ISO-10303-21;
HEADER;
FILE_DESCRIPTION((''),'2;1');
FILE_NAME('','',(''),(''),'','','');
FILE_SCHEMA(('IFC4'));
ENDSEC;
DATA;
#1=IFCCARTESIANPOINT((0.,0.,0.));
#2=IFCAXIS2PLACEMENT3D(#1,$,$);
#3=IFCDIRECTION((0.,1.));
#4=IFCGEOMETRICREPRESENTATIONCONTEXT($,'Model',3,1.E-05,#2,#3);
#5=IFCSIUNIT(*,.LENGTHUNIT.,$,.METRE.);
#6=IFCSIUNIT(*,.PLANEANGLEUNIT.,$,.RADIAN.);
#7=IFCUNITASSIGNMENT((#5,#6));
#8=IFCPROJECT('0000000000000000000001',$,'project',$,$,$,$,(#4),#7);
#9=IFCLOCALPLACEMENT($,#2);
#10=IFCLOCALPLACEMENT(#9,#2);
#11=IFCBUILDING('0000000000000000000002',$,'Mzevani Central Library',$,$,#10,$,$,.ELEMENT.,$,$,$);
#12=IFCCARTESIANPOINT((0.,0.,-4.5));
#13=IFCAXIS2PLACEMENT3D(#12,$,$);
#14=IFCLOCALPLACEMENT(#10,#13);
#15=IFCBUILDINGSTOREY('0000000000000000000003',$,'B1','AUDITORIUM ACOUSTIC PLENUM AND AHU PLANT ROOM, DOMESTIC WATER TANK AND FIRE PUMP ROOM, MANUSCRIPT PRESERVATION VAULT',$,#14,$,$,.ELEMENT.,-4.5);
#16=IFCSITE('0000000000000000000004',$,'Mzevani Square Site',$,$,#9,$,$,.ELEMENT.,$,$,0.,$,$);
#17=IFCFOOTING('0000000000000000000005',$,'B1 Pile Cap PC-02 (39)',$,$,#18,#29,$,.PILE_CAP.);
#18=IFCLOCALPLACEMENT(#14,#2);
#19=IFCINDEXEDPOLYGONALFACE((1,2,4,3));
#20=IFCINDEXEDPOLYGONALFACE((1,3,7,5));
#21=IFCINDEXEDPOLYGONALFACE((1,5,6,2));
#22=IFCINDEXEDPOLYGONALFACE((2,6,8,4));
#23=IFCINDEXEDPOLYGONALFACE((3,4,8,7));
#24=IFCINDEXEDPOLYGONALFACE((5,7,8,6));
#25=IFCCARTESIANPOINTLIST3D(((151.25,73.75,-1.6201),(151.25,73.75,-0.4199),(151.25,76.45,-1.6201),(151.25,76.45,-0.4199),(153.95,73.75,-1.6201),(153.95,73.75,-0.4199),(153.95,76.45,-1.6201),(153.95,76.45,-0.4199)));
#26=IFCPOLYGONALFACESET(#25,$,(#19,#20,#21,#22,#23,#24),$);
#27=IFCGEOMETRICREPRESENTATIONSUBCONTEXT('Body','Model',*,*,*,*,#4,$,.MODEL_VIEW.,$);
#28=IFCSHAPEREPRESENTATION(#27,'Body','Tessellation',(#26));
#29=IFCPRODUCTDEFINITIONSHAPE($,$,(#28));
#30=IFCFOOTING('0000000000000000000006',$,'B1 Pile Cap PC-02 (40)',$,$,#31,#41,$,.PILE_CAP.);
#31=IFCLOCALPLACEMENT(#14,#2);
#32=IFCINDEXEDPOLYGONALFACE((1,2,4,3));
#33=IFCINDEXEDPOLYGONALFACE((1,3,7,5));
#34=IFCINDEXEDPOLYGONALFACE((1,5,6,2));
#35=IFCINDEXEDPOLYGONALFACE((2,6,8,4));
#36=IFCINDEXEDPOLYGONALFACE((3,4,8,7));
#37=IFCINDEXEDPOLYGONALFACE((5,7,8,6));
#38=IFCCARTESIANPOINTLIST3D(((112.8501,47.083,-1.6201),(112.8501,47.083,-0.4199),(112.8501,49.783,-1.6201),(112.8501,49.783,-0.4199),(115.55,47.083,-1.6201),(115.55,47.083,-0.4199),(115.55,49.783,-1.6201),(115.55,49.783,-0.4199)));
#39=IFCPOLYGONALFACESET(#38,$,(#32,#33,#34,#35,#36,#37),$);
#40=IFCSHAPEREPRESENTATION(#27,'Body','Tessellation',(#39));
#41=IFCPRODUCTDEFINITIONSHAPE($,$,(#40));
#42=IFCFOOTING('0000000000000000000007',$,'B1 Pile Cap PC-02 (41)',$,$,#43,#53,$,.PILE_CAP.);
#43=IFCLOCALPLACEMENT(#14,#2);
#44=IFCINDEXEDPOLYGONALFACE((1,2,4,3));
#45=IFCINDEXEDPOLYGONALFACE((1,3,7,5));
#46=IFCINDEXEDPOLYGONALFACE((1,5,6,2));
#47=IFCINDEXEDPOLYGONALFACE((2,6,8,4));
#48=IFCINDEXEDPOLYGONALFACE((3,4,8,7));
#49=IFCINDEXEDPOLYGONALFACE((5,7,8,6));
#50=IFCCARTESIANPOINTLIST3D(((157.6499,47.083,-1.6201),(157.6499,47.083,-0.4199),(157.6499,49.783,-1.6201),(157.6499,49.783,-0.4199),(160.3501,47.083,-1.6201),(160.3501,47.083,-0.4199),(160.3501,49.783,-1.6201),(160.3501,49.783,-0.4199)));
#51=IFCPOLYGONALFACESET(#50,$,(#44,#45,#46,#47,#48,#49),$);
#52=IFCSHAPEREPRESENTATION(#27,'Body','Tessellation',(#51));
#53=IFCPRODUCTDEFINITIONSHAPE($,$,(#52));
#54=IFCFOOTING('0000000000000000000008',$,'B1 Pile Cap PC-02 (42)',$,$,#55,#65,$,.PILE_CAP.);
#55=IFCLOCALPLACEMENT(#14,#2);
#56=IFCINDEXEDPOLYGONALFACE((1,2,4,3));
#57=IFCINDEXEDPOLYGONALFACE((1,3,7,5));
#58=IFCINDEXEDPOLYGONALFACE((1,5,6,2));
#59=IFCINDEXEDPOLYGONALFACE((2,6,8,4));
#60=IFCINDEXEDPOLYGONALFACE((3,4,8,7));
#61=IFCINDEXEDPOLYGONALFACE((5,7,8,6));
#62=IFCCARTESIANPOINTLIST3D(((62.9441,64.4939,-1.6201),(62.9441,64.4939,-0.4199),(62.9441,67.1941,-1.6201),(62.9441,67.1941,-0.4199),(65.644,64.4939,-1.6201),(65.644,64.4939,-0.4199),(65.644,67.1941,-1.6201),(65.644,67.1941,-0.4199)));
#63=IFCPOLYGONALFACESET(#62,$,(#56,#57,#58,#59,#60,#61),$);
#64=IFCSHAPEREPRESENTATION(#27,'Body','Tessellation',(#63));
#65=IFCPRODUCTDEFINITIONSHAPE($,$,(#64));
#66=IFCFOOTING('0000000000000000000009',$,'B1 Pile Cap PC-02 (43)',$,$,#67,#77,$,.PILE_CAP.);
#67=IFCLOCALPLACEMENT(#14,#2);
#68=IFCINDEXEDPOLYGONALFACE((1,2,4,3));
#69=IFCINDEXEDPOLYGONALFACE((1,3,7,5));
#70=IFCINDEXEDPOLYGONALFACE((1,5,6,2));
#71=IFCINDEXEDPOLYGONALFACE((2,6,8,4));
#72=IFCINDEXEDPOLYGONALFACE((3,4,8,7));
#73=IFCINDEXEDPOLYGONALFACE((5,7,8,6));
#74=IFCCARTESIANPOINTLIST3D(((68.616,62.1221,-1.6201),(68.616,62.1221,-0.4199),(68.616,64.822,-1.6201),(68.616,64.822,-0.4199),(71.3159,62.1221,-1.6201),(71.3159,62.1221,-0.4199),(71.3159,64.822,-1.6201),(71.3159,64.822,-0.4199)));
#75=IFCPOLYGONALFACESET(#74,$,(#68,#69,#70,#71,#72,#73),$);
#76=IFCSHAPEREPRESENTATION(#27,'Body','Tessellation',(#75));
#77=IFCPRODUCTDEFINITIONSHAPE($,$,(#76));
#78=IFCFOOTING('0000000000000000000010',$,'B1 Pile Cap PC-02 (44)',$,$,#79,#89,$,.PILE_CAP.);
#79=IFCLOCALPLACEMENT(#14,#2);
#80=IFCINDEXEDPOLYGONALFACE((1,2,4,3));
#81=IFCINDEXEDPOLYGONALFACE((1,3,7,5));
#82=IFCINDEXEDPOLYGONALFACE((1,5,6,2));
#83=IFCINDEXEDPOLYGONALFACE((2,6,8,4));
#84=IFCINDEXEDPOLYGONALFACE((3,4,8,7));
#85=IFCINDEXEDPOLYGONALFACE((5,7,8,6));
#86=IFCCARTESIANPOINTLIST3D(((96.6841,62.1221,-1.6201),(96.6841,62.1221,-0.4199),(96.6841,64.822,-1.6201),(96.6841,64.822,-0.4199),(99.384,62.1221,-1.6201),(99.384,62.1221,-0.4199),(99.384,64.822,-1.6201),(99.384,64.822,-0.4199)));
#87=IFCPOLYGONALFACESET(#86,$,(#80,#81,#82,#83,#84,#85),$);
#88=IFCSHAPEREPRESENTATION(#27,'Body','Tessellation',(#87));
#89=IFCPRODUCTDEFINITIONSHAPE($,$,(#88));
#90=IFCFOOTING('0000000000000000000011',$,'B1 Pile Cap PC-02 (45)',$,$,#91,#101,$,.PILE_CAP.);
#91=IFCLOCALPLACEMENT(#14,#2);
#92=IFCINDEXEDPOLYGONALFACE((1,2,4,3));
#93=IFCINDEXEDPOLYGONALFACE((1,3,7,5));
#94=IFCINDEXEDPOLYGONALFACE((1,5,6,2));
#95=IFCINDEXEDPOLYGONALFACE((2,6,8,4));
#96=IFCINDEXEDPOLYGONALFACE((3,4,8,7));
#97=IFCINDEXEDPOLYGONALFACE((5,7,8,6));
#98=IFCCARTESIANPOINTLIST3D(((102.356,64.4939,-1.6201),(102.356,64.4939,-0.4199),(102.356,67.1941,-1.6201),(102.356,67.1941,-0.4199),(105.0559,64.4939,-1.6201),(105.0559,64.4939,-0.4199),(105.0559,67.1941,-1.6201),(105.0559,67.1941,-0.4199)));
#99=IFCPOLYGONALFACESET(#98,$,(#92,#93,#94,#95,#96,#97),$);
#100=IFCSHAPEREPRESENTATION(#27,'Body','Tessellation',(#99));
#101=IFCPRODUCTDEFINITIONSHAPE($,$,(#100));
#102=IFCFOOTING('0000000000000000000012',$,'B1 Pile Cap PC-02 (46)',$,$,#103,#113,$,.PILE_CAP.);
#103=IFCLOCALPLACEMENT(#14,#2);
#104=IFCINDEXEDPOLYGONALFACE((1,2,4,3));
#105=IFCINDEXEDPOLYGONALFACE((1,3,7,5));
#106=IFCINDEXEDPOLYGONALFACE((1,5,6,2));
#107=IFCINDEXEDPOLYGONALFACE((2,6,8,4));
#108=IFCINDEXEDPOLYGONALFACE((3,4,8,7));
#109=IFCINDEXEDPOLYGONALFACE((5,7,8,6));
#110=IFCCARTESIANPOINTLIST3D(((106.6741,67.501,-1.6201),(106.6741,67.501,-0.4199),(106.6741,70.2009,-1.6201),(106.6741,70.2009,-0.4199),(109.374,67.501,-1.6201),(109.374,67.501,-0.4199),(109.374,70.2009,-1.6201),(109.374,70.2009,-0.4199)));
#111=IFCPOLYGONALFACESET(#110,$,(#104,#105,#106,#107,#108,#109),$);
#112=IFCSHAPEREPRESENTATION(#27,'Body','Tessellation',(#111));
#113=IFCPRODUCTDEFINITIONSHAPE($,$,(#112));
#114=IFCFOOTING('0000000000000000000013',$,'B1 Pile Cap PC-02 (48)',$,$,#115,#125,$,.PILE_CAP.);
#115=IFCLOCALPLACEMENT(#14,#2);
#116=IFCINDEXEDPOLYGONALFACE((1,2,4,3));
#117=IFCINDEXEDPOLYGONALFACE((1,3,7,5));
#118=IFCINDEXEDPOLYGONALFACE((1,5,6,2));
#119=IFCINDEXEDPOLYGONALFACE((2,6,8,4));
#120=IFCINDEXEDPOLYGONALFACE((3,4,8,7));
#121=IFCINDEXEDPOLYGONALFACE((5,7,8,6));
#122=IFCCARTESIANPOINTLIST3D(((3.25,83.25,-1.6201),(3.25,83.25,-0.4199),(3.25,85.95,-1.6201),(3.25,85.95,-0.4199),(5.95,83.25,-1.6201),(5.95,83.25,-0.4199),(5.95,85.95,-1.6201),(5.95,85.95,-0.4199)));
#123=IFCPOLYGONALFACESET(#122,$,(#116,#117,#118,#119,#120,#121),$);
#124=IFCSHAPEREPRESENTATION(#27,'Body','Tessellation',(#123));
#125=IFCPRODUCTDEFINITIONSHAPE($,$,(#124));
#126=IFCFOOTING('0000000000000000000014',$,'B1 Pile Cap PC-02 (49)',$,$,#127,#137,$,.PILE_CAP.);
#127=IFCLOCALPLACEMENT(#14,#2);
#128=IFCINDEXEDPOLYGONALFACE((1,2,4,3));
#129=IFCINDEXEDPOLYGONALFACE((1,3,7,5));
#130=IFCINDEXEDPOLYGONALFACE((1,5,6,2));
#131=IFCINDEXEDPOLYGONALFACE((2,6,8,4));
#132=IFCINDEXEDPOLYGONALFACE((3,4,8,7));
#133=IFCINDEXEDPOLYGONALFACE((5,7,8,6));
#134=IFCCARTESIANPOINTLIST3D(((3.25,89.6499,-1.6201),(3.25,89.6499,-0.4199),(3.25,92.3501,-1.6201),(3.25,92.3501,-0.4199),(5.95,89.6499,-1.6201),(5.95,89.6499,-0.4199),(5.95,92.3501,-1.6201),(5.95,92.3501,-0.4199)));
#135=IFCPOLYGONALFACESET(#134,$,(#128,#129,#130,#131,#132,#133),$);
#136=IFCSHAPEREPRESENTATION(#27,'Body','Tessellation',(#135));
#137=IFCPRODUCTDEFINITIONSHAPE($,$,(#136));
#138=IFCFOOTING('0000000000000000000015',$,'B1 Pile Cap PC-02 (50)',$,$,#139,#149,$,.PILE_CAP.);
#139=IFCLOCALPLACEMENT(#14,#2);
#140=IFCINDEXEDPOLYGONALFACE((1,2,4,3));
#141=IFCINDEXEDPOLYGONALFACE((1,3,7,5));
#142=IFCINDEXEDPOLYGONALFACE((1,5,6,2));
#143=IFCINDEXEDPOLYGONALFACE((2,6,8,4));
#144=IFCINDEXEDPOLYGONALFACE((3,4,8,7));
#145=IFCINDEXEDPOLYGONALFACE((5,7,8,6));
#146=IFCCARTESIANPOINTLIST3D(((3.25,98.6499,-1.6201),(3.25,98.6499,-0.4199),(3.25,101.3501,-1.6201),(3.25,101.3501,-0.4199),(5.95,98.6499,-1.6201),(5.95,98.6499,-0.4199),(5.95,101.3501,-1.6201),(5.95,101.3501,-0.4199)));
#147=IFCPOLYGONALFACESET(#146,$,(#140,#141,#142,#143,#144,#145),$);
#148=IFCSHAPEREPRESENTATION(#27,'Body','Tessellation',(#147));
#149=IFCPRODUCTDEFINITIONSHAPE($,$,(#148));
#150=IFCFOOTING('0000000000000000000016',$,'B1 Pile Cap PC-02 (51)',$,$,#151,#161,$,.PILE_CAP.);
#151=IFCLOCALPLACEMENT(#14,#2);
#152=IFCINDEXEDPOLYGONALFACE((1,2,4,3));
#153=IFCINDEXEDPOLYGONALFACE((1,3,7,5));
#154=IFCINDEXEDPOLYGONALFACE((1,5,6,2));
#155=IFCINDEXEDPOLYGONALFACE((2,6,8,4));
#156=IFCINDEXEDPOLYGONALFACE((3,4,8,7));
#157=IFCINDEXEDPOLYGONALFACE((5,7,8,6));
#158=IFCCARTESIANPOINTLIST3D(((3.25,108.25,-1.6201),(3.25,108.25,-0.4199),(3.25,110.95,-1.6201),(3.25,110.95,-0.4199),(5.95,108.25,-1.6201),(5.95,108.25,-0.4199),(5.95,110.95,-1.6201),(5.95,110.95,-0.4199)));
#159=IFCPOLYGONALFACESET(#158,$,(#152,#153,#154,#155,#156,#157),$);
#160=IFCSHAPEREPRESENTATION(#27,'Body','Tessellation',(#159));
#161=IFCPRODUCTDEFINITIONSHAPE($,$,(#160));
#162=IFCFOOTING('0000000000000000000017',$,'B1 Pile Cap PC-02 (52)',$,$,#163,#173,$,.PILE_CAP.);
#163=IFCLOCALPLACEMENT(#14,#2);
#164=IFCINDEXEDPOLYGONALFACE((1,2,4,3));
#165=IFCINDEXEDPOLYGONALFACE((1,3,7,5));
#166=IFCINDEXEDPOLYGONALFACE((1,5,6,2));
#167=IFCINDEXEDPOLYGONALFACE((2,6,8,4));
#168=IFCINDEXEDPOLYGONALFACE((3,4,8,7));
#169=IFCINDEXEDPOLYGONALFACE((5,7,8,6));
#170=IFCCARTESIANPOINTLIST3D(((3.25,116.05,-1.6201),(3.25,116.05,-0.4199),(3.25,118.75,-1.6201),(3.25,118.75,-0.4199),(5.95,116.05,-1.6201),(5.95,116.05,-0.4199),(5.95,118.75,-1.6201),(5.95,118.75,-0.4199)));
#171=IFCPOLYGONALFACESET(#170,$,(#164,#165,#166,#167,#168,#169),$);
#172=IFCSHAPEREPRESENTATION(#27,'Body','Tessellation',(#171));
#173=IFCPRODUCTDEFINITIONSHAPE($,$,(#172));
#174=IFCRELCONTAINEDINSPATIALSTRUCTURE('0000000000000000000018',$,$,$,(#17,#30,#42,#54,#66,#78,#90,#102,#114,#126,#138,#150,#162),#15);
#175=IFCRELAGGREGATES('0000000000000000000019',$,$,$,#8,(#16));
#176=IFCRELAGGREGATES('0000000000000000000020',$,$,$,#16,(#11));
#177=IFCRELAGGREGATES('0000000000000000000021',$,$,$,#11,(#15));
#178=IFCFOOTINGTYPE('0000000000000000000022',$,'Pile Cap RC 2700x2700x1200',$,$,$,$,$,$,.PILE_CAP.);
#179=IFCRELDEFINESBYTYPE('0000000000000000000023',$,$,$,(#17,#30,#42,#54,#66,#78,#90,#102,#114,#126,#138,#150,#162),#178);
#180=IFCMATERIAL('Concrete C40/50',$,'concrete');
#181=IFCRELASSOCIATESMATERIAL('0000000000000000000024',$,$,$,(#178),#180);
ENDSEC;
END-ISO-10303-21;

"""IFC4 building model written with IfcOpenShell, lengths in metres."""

from ifc_helpers import new_model, si_unit, direction, frame, origin, place, context, subcontext, project, spatial, polyline, outline, extrude, material, type_object, element, save


model = new_model("IFC4")

# Units and contexts
model_context = context("Model", 3, precision=1e-05, world=origin(), true_north=direction((0.0, 1.0)))
body_context = subcontext(model_context, "Body", "Model", "MODEL_VIEW")
ifc_project = project(units=[si_unit("LENGTHUNIT", "METRE"), si_unit("PLANEANGLEUNIT", "RADIAN")], contexts=[model_context])

# Site, building, storey
site_placement = place(None, origin())
site = spatial("IfcSite", under=ifc_project, at=site_placement, Name="Mzevani Square Site", CompositionType="ELEMENT", RefElevation=0.0)
building_placement = place(site_placement, origin())
building = spatial("IfcBuilding", under=site, at=building_placement, Name="Mzevani Central Library", CompositionType="ELEMENT")
storey_placement = place(building_placement, frame((0.0, 0.0, -4.5)))
storey = spatial("IfcBuildingStorey", under=building, at=storey_placement, Name="B1", Description="AUDITORIUM ACOUSTIC PLENUM AND AHU PLANT ROOM, DOMESTIC WATER TANK AND FIRE PUMP ROOM, MANUSCRIPT PRESERVATION VAULT", CompositionType="ELEMENT", Elevation=-4.5)

# Footings
ifc_material = material(Name="Concrete C40/50", Category="concrete")
footing_type = type_object("IfcFootingType", Name="Pile Cap RC 2700x2700x1200", PredefinedType="PILE_CAP", material=ifc_material)
footing_1_placement = place(storey_placement, frame((0.0, 0.0, -1.6201)))
element("IfcFooting", 1, at=footing_1_placement, inside=storey, type_object=footing_type, Name="B1 Pile Cap PC-02 (39)", PredefinedType="PILE_CAP", context=body_context, shape_type="SweptSolid", body=[
    extrude(outline(polyline([(151.25, 73.75), (153.95, 73.75), (153.95, 76.45), (151.25, 76.45), (151.25, 73.75)])), origin(), (0.0, 0.0, 1.0), 1.2002),
])
footing_2_placement = place(storey_placement, frame((0.0, 0.0, -1.6201)))
element("IfcFooting", 2, at=footing_2_placement, inside=storey, type_object=footing_type, Name="B1 Pile Cap PC-02 (40)", PredefinedType="PILE_CAP", context=body_context, shape_type="SweptSolid", body=[
    extrude(outline(polyline([(112.8501, 47.083), (115.55, 47.083), (115.55, 49.783), (112.8501, 49.783), (112.8501, 47.083)])), origin(), (0.0, 0.0, 1.0), 1.2002),
])
footing_3_placement = place(storey_placement, frame((0.0, 0.0, -1.6201)))
element("IfcFooting", 3, at=footing_3_placement, inside=storey, type_object=footing_type, Name="B1 Pile Cap PC-02 (41)", PredefinedType="PILE_CAP", context=body_context, shape_type="SweptSolid", body=[
    extrude(outline(polyline([(157.6499, 47.083), (160.3501, 47.083), (160.3501, 49.783), (157.6499, 49.783), (157.6499, 47.083)])), origin(), (0.0, 0.0, 1.0), 1.2002),
])
footing_4_placement = place(storey_placement, frame((0.0, 0.0, -1.6201)))
element("IfcFooting", 4, at=footing_4_placement, inside=storey, type_object=footing_type, Name="B1 Pile Cap PC-02 (42)", PredefinedType="PILE_CAP", context=body_context, shape_type="SweptSolid", body=[
    extrude(outline(polyline([(62.9441, 64.4939), (65.644, 64.4939), (65.644, 67.1941), (62.9441, 67.1941), (62.9441, 64.4939)])), origin(), (0.0, 0.0, 1.0), 1.2002),
])
footing_5_placement = place(storey_placement, frame((0.0, 0.0, -1.6201)))
element("IfcFooting", 5, at=footing_5_placement, inside=storey, type_object=footing_type, Name="B1 Pile Cap PC-02 (43)", PredefinedType="PILE_CAP", context=body_context, shape_type="SweptSolid", body=[
    extrude(outline(polyline([(68.616, 62.1221), (71.3159, 62.1221), (71.3159, 64.822), (68.616, 64.822), (68.616, 62.1221)])), origin(), (0.0, 0.0, 1.0), 1.2002),
])
footing_6_placement = place(storey_placement, frame((0.0, 0.0, -1.6201)))
element("IfcFooting", 6, at=footing_6_placement, inside=storey, type_object=footing_type, Name="B1 Pile Cap PC-02 (44)", PredefinedType="PILE_CAP", context=body_context, shape_type="SweptSolid", body=[
    extrude(outline(polyline([(96.6841, 62.1221), (99.384, 62.1221), (99.384, 64.822), (96.6841, 64.822), (96.6841, 62.1221)])), origin(), (0.0, 0.0, 1.0), 1.2002),
])
footing_7_placement = place(storey_placement, frame((0.0, 0.0, -1.6201)))
element("IfcFooting", 7, at=footing_7_placement, inside=storey, type_object=footing_type, Name="B1 Pile Cap PC-02 (45)", PredefinedType="PILE_CAP", context=body_context, shape_type="SweptSolid", body=[
    extrude(outline(polyline([(102.356, 64.4939), (105.0559, 64.4939), (105.0559, 67.1941), (102.356, 67.1941), (102.356, 64.4939)])), origin(), (0.0, 0.0, 1.0), 1.2002),
])
footing_8_placement = place(storey_placement, frame((0.0, 0.0, -1.6201)))
element("IfcFooting", 8, at=footing_8_placement, inside=storey, type_object=footing_type, Name="B1 Pile Cap PC-02 (46)", PredefinedType="PILE_CAP", context=body_context, shape_type="SweptSolid", body=[
    extrude(outline(polyline([(106.6741, 67.501), (109.374, 67.501), (109.374, 70.2009), (106.6741, 70.2009), (106.6741, 67.501)])), origin(), (0.0, 0.0, 1.0), 1.2002),
])
footing_9_placement = place(storey_placement, frame((0.0, 0.0, -1.6201)))
element("IfcFooting", 9, at=footing_9_placement, inside=storey, type_object=footing_type, Name="B1 Pile Cap PC-02 (48)", PredefinedType="PILE_CAP", context=body_context, shape_type="SweptSolid", body=[
    extrude(outline(polyline([(3.25, 83.25), (5.95, 83.25), (5.95, 85.95), (3.25, 85.95), (3.25, 83.25)])), origin(), (0.0, 0.0, 1.0), 1.2002),
])
footing_10_placement = place(storey_placement, frame((0.0, 0.0, -1.6201)))
element("IfcFooting", 10, at=footing_10_placement, inside=storey, type_object=footing_type, Name="B1 Pile Cap PC-02 (49)", PredefinedType="PILE_CAP", context=body_context, shape_type="SweptSolid", body=[
    extrude(outline(polyline([(3.25, 89.6499), (5.95, 89.6499), (5.95, 92.3501), (3.25, 92.3501), (3.25, 89.6499)])), origin(), (0.0, 0.0, 1.0), 1.2002),
])
footing_11_placement = place(storey_placement, frame((0.0, 0.0, -1.6201)))
element("IfcFooting", 11, at=footing_11_placement, inside=storey, type_object=footing_type, Name="B1 Pile Cap PC-02 (50)", PredefinedType="PILE_CAP", context=body_context, shape_type="SweptSolid", body=[
    extrude(outline(polyline([(3.25, 98.6499), (5.95, 98.6499), (5.95, 101.3501), (3.25, 101.3501), (3.25, 98.6499)])), origin(), (0.0, 0.0, 1.0), 1.2002),
])
footing_12_placement = place(storey_placement, frame((0.0, 0.0, -1.6201)))
element("IfcFooting", 12, at=footing_12_placement, inside=storey, type_object=footing_type, Name="B1 Pile Cap PC-02 (51)", PredefinedType="PILE_CAP", context=body_context, shape_type="SweptSolid", body=[
    extrude(outline(polyline([(3.25, 108.25), (5.95, 108.25), (5.95, 110.95), (3.25, 110.95), (3.25, 108.25)])), origin(), (0.0, 0.0, 1.0), 1.2002),
])
footing_13_placement = place(storey_placement, frame((0.0, 0.0, -1.6201)))
element("IfcFooting", 13, at=footing_13_placement, inside=storey, type_object=footing_type, Name="B1 Pile Cap PC-02 (52)", PredefinedType="PILE_CAP", context=body_context, shape_type="SweptSolid", body=[
    extrude(outline(polyline([(3.25, 116.05), (5.95, 116.05), (5.95, 118.75), (3.25, 118.75), (3.25, 116.05)])), origin(), (0.0, 0.0, 1.0), 1.2002),
])

save(model, "model.ifc")
